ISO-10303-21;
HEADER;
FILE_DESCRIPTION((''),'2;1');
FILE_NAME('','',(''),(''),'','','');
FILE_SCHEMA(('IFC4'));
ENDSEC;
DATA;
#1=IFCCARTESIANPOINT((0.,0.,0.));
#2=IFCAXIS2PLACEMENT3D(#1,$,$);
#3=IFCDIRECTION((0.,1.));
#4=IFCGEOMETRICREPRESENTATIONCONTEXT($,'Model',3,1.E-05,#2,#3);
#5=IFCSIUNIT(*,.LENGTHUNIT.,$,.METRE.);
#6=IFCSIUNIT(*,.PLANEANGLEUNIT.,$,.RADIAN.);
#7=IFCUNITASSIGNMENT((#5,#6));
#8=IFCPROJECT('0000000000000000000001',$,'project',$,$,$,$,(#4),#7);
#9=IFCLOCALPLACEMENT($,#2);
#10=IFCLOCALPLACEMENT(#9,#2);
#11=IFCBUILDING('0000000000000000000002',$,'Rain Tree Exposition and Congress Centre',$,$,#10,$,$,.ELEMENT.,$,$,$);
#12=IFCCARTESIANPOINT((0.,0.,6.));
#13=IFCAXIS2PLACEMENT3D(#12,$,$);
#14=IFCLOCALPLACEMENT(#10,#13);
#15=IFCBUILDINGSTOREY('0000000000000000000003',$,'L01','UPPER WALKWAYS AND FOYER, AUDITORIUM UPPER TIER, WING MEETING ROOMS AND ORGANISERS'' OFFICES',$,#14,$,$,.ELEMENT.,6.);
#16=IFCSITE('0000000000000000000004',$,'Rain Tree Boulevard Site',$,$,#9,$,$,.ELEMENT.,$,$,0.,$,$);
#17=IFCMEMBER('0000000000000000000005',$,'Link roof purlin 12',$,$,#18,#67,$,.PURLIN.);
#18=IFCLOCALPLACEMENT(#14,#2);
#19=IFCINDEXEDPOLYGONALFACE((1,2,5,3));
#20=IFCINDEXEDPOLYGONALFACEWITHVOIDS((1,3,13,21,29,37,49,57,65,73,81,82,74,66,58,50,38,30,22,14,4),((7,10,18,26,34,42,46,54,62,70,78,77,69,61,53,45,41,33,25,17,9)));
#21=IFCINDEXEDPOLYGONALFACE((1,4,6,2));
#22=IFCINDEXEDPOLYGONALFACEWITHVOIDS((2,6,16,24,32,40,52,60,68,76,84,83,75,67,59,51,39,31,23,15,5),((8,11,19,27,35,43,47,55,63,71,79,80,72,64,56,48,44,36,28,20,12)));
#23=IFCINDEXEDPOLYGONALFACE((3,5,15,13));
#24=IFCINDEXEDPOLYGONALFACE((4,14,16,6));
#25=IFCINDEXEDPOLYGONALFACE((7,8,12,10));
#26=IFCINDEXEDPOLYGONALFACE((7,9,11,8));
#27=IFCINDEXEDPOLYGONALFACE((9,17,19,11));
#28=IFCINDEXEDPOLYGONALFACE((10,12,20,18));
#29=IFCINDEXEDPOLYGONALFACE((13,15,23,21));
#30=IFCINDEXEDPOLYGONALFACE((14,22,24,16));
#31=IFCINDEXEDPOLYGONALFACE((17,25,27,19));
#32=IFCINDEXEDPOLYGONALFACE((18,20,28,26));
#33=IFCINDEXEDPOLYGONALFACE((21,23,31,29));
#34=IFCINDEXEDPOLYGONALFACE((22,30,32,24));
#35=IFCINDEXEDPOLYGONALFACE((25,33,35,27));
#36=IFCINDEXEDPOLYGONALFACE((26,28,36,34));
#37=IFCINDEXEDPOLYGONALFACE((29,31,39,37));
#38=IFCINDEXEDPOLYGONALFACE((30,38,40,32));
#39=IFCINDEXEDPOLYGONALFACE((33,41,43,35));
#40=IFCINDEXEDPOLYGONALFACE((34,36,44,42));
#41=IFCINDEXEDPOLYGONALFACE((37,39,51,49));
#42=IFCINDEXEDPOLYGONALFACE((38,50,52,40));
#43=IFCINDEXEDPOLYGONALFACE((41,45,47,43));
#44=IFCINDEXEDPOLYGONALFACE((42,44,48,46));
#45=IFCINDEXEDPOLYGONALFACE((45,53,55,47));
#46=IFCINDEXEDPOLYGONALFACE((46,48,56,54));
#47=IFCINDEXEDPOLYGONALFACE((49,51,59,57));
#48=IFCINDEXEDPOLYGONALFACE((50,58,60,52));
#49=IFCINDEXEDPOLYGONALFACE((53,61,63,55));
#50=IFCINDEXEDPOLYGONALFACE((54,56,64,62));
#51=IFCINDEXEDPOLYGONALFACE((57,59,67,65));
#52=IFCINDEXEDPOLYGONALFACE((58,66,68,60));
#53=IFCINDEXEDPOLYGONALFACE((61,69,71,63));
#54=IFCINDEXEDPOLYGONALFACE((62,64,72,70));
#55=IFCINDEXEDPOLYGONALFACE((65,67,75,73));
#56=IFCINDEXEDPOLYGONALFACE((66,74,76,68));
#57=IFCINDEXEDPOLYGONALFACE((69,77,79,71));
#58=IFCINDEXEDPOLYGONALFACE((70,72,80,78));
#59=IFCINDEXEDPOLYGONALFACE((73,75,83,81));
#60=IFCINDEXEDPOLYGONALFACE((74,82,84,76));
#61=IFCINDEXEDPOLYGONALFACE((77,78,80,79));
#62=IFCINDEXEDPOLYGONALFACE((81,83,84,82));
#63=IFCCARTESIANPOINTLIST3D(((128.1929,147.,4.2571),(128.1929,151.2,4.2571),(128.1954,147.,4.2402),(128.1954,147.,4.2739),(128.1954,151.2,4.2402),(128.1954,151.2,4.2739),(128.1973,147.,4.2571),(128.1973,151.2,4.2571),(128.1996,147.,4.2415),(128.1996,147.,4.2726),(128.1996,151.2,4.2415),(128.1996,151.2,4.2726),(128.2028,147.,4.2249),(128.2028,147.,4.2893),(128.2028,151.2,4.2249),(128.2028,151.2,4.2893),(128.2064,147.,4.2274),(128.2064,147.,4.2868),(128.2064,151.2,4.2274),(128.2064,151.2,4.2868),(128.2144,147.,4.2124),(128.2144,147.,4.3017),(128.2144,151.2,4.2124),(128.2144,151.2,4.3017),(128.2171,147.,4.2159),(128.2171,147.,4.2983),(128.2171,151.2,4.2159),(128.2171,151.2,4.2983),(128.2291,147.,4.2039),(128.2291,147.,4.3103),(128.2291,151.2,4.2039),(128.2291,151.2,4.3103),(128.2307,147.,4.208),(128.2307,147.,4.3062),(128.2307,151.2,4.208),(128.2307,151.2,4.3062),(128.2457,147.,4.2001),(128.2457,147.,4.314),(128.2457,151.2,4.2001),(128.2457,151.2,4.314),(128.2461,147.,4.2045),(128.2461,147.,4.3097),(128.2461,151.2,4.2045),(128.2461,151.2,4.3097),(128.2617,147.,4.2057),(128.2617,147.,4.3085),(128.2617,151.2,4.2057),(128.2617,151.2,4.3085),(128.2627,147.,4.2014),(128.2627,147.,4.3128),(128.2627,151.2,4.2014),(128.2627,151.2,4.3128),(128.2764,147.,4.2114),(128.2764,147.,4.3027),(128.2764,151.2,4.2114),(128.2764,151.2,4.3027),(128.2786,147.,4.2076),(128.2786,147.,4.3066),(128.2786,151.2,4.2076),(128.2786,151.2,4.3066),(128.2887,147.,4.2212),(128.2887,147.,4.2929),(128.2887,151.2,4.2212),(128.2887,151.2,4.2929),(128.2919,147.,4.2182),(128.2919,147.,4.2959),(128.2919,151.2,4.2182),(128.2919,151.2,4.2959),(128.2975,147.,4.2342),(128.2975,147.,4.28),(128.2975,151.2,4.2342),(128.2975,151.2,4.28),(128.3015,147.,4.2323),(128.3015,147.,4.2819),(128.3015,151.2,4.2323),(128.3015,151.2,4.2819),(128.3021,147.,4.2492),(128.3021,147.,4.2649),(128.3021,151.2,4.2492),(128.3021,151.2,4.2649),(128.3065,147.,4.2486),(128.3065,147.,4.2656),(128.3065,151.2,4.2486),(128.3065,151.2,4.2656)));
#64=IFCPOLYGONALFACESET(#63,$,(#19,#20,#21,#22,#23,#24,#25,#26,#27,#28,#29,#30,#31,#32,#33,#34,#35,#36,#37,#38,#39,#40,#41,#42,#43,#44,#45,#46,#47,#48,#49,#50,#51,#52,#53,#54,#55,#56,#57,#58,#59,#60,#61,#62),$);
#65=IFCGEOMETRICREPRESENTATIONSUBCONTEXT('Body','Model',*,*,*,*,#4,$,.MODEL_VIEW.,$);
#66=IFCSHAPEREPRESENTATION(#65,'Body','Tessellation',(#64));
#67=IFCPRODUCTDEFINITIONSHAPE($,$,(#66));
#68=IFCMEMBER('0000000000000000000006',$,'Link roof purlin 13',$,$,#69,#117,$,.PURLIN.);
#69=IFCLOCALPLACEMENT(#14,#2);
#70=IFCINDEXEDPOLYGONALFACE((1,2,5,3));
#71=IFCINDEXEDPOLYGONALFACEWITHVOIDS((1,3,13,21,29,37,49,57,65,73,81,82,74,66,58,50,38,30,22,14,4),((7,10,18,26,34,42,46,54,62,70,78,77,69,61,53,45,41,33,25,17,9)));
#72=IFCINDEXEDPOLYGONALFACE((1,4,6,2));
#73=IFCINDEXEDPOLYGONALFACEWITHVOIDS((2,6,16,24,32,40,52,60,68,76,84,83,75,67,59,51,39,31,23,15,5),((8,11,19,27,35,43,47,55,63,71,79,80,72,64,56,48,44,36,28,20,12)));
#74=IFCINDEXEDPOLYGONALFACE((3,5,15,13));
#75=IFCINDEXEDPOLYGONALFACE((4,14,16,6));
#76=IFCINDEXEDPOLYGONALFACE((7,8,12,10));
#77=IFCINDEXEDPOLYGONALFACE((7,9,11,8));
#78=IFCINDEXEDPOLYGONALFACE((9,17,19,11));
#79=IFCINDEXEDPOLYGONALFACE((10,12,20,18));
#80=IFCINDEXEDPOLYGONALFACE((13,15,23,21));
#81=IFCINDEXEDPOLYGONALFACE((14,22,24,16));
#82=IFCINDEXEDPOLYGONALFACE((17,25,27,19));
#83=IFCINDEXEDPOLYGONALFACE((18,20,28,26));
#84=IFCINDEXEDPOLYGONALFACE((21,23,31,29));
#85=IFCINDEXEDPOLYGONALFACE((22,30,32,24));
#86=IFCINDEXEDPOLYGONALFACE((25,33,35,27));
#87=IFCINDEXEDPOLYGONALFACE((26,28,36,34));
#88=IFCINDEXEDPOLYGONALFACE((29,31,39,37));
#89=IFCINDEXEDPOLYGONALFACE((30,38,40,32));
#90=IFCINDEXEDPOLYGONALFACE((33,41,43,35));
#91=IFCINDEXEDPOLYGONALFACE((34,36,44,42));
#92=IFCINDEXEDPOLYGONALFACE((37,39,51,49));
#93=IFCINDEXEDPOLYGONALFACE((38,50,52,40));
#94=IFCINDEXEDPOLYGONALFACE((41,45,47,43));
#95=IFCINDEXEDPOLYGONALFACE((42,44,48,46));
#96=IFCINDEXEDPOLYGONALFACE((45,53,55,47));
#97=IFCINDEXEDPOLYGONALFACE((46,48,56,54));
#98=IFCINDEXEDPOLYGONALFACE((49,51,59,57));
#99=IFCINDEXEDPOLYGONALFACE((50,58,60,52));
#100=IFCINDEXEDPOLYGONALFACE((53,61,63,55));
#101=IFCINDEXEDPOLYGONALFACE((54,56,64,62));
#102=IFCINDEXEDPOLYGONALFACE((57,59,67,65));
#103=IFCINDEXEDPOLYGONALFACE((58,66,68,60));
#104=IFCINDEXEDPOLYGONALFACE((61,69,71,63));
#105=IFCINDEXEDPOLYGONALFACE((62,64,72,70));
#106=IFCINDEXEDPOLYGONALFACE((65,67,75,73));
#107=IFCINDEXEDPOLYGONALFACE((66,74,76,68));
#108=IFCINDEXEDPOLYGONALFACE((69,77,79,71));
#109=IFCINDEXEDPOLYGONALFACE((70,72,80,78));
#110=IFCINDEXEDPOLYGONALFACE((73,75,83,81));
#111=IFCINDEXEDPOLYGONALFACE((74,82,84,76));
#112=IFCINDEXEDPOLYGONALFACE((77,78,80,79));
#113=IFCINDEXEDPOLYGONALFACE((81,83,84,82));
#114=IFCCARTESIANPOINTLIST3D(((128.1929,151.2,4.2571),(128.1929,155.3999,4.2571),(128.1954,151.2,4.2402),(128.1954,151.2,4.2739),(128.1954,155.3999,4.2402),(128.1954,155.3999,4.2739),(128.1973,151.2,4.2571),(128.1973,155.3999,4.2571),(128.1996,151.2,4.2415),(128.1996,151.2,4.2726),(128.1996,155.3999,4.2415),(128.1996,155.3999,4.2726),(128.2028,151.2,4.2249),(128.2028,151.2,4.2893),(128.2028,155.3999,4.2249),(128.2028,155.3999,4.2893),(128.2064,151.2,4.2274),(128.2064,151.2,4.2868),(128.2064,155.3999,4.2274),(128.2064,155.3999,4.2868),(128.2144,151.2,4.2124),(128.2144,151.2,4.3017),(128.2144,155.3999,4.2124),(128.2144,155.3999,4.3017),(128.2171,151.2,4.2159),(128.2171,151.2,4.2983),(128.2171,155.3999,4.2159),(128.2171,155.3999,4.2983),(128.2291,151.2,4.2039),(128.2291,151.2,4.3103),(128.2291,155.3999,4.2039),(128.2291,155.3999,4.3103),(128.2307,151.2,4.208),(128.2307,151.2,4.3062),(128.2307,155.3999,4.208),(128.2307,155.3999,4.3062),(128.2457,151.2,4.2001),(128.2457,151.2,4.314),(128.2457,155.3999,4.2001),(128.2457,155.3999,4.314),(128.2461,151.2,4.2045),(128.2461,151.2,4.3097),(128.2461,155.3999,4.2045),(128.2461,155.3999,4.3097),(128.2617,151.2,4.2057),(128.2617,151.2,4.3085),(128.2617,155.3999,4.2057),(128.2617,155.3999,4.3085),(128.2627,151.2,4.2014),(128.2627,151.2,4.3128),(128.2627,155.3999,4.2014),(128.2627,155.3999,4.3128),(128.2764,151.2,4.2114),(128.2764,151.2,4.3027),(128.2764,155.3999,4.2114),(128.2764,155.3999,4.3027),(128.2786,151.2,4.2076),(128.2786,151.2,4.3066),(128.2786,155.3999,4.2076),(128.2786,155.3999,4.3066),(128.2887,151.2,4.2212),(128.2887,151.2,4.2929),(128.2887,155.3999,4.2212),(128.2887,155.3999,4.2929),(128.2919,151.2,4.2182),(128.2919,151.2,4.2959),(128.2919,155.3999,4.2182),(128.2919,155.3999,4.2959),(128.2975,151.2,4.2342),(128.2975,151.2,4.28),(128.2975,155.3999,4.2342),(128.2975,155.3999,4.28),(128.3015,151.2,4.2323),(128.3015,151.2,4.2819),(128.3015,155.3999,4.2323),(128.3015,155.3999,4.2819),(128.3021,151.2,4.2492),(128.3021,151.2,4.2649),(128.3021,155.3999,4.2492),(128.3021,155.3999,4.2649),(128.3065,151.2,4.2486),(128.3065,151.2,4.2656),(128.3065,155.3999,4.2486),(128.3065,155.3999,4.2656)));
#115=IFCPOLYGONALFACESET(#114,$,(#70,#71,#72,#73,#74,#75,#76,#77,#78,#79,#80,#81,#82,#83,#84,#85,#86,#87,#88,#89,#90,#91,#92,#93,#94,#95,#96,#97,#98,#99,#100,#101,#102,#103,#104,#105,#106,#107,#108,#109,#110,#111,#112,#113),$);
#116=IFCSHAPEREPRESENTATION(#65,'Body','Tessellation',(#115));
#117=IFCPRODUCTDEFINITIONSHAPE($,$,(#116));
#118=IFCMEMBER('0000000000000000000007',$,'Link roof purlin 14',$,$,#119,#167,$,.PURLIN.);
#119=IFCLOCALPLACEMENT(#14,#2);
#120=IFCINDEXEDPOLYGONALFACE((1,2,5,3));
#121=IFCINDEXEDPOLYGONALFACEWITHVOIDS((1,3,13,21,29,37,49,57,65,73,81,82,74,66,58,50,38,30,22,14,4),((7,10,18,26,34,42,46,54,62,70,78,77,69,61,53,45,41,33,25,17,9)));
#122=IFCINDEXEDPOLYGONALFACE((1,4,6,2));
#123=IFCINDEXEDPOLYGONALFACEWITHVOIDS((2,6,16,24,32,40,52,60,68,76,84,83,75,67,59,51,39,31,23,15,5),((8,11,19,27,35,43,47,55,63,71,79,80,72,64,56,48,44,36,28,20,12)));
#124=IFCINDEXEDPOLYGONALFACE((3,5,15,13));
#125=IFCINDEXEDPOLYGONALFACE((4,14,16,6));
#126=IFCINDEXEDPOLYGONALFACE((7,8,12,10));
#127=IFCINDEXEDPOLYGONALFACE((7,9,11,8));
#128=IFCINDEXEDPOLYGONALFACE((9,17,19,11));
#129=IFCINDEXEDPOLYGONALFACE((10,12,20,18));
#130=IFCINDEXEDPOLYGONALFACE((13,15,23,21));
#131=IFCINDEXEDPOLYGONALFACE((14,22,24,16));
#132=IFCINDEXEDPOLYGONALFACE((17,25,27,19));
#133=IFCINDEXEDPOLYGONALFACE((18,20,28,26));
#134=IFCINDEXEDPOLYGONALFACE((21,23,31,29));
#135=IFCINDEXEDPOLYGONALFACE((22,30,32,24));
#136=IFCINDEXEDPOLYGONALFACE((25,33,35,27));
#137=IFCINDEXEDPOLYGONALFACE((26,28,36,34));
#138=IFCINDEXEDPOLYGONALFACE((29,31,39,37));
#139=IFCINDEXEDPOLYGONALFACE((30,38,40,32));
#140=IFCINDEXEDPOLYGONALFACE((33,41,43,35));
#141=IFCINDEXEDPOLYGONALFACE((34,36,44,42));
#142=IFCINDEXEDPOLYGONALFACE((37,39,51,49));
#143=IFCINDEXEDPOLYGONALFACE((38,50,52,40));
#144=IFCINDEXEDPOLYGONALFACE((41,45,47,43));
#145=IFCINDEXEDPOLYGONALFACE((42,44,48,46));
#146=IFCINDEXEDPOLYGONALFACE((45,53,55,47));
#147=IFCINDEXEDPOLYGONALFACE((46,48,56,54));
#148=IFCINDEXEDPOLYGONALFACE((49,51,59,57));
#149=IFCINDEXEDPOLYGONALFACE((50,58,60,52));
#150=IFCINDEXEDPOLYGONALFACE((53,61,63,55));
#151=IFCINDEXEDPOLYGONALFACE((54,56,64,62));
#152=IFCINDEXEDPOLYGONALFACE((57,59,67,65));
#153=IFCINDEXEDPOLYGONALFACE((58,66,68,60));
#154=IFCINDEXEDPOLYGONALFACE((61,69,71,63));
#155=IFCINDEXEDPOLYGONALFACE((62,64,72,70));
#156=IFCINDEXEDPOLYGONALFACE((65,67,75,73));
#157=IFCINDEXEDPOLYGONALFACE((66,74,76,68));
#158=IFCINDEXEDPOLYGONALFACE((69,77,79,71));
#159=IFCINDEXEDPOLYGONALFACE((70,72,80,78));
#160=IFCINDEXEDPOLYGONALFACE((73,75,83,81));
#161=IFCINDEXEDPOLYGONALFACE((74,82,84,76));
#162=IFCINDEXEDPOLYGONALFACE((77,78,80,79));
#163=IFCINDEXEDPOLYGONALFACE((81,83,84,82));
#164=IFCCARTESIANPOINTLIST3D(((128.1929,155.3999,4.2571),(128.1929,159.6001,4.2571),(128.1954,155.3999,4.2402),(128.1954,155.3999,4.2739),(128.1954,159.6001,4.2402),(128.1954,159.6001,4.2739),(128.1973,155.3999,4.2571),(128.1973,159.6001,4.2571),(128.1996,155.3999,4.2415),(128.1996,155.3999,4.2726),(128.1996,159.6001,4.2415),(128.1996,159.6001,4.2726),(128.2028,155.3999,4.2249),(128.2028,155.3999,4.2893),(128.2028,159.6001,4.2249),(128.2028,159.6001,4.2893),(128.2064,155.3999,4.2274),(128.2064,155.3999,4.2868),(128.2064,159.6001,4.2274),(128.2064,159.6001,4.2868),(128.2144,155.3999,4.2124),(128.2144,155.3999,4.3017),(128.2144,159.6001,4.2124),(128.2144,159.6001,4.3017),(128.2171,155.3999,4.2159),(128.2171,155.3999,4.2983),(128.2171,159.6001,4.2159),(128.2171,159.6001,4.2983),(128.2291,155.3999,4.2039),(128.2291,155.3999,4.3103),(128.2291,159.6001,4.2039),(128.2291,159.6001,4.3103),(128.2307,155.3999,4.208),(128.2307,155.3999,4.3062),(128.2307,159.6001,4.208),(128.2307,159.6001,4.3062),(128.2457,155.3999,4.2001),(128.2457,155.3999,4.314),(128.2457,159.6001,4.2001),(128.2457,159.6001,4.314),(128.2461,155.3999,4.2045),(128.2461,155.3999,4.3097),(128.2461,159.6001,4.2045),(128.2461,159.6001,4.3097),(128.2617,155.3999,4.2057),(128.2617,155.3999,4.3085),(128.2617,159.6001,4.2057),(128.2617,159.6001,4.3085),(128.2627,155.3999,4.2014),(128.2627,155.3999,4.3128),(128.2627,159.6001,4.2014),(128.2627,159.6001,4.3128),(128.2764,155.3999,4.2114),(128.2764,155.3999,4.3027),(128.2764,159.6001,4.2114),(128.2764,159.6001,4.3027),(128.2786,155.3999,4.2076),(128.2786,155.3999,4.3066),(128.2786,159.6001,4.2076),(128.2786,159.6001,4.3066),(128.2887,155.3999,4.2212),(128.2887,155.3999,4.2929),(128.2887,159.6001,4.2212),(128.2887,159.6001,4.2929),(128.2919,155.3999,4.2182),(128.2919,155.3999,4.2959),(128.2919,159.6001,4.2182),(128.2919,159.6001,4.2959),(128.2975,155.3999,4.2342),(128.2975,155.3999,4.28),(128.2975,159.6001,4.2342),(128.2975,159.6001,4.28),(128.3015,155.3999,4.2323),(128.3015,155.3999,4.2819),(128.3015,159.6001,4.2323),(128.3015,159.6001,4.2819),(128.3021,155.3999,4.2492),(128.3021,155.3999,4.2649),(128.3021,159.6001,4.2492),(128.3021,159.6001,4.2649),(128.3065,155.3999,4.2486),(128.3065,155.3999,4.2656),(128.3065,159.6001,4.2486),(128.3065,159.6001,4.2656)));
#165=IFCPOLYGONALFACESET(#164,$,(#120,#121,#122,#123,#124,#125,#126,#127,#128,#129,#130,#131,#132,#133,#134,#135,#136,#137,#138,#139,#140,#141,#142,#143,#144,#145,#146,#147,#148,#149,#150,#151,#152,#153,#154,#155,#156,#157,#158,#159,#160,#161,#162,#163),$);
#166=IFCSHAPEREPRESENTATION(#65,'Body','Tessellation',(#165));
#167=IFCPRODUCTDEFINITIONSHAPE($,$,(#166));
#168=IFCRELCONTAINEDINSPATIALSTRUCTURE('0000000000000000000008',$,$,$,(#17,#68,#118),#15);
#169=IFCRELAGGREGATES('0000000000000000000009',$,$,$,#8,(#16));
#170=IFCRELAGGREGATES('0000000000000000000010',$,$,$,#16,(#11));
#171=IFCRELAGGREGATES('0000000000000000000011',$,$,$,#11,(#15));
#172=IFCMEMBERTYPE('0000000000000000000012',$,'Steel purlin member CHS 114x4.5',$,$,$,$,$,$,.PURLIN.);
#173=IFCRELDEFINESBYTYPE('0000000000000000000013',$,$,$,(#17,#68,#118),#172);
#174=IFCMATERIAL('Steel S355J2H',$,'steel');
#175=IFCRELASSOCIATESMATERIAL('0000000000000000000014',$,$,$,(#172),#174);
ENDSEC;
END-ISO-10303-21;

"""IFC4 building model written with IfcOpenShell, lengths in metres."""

from ifc_helpers import new_model, si_unit, direction, frame, origin, origin_2d, place, context, subcontext, project, spatial, hollow_circle, extrude, material, material_profile, profile_set, type_object, element, save


model = new_model("IFC4")

# Units and contexts
model_context = context("Model", 3, precision=1e-05, world=origin(), true_north=direction((0.0, 1.0)))
body_context = subcontext(model_context, "Body", "Model", "MODEL_VIEW")
ifc_project = project(units=[si_unit("LENGTHUNIT", "METRE"), si_unit("PLANEANGLEUNIT", "RADIAN")], contexts=[model_context])

# Site, building, storey
site_placement = place(None, origin())
site = spatial("IfcSite", under=ifc_project, at=site_placement, Name="Rain Tree Boulevard Site", CompositionType="ELEMENT", RefElevation=0.0)
building_placement = place(site_placement, origin())
building = spatial("IfcBuilding", under=site, at=building_placement, Name="Rain Tree Exposition and Congress Centre", CompositionType="ELEMENT")
storey_placement = place(building_placement, frame((0.0, 0.0, 6.0)))
storey = spatial("IfcBuildingStorey", under=building, at=storey_placement, Name="L01", Description="UPPER WALKWAYS AND FOYER, AUDITORIUM UPPER TIER, WING MEETING ROOMS AND ORGANISERS' OFFICES", CompositionType="ELEMENT", Elevation=6.0)

# Members
ifc_material_1 = material(Name="Steel S355J2H", Category="steel")
ifc_material_profile_1 = material_profile(ifc_material_1, hollow_circle(Radius=0.0571, WallThickness=0.0044, at=origin_2d()), Name="CHS 114x4.5")
ifc_profile_set_1 = profile_set([ifc_material_profile_1], Name="Steel S355J2H")
member_type = type_object("IfcMemberType", Name="Steel purlin member CHS 114x4.5", PredefinedType="PURLIN", material=ifc_profile_set_1)
for number, where, z_axis, x_axis, name in (
    (1, (128.25, 147.0, 4.2571), (0.0, 1.0, 0.0), (-1.0, 0.0, 0.0), "Link roof purlin 12"),
    (2, (128.25, 151.2, 4.2571), (0.0, 1.0, 0.0), (-1.0, 0.0, 0.0), "Link roof purlin 13"),
):
    element("IfcMember", number, at=place(storey_placement, frame(where, z_axis=z_axis, x_axis=x_axis)), inside=storey, type_object=member_type, Name=name, PredefinedType="PURLIN", context=body_context, shape_type="SweptSolid", body=[
        extrude(hollow_circle(Radius=0.0571, WallThickness=0.0044, at=origin_2d()), origin(), (0.0, 0.0, 1.0), 4.2),
    ])
member_1_placement = place(storey_placement, frame((128.25, 155.3999, 4.2571), z_axis=(0.0, 1.0, 0.0), x_axis=(-1.0, 0.0, 0.0)))
element("IfcMember", 3, at=member_1_placement, inside=storey, type_object=member_type, Name="Link roof purlin 14", PredefinedType="PURLIN", context=body_context, shape_type="SweptSolid", body=[
    extrude(hollow_circle(Radius=0.0571, WallThickness=0.0044, at=origin_2d()), origin(), (0.0, 0.0, 1.0), 4.2002),
])

save(model, "model.ifc")
